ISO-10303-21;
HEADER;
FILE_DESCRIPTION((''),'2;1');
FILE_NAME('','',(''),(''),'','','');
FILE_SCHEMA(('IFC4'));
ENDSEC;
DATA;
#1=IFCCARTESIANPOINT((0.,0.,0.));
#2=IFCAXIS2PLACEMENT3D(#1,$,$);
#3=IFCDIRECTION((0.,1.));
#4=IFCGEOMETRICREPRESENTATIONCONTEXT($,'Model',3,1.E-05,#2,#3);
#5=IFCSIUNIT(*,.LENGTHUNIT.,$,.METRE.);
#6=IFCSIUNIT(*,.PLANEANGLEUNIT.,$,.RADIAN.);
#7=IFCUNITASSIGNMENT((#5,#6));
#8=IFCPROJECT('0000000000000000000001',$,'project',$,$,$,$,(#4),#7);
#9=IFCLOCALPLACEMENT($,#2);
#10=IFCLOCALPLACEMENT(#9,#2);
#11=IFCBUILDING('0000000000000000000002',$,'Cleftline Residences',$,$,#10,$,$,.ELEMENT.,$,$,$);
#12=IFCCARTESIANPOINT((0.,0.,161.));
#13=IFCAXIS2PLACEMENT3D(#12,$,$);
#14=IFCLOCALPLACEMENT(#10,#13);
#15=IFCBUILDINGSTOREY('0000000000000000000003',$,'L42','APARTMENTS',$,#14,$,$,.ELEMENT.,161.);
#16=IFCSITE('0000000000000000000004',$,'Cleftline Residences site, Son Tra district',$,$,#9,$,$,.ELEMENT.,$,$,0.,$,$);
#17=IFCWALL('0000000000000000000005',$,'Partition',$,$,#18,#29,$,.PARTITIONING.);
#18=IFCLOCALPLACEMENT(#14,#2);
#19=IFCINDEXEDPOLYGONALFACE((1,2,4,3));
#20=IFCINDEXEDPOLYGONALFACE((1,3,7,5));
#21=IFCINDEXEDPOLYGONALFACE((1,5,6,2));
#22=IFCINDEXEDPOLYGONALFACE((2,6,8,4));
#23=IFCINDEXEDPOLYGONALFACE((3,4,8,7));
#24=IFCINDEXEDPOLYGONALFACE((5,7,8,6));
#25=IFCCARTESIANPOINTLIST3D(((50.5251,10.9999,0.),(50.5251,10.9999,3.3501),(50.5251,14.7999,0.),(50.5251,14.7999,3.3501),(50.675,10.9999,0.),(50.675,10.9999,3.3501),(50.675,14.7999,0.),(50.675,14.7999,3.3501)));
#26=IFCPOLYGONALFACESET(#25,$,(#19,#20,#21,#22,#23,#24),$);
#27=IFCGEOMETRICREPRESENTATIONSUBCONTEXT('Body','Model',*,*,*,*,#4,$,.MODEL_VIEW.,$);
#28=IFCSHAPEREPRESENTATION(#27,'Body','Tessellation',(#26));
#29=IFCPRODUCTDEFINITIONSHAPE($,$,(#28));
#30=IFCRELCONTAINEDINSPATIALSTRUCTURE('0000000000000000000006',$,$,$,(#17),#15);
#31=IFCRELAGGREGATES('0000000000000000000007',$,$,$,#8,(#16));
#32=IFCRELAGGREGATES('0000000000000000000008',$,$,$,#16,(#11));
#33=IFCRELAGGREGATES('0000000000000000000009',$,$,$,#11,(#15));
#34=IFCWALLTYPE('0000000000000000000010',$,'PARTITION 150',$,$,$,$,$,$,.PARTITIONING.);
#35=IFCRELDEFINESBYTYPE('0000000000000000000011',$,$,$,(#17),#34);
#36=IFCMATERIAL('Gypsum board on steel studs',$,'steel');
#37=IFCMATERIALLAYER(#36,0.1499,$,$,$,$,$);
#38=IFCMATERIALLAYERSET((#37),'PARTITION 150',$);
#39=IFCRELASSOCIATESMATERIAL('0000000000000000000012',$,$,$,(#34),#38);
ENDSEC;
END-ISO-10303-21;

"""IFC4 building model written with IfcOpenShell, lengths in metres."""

from ifc_helpers import new_model, si_unit, direction, frame, frame_2d, origin, place, context, subcontext, project, spatial, rectangle, extrude, material, layer, layer_set, type_object, element, save


model = new_model("IFC4")

# Units and contexts
model_context = context("Model", 3, precision=1e-05, world=origin(), true_north=direction((0.0, 1.0)))
body_context = subcontext(model_context, "Body", "Model", "MODEL_VIEW")
ifc_project = project(units=[si_unit("LENGTHUNIT", "METRE"), si_unit("PLANEANGLEUNIT", "RADIAN")], contexts=[model_context])

# Site, building, storey
site_placement = place(None, origin())
site = spatial("IfcSite", under=ifc_project, at=site_placement, Name="Cleftline Residences site, Son Tra district", CompositionType="ELEMENT", RefElevation=0.0)
building_placement = place(site_placement, origin())
building = spatial("IfcBuilding", under=site, at=building_placement, Name="Cleftline Residences", CompositionType="ELEMENT")
storey_placement = place(building_placement, frame((0.0, 0.0, 161.0)))
storey = spatial("IfcBuildingStorey", under=building, at=storey_placement, Name="L42", Description="APARTMENTS", CompositionType="ELEMENT", Elevation=161.0)

# Shared definitions
ifc_material_1 = material(Name="Gypsum board on steel studs", Category="steel")
ifc_layer_1 = layer(ifc_material_1, 0.1499)
ifc_layer_set_1 = layer_set([ifc_layer_1], Name="PARTITION 150")
wall_type = type_object("IfcWallType", Name="PARTITION 150", PredefinedType="PARTITIONING", material=ifc_layer_set_1)

# Wall
wall_1_placement = place(storey_placement, frame((50.6001, 11.0, 0.0), z_axis=(0.0, 0.0, 1.0), x_axis=(0.0, 1.0, 0.0)))
element("IfcWall", 1, at=wall_1_placement, inside=storey, type_object=wall_type, Name="Partition", PredefinedType="PARTITIONING", context=body_context, shape_type="SweptSolid", body=[
    extrude(rectangle(XDim=3.8, YDim=0.1499, at=frame_2d((1.8999, 0.0))), origin(), (0.0, 0.0, 1.0), 3.3501),
])

save(model, "model.ifc")
